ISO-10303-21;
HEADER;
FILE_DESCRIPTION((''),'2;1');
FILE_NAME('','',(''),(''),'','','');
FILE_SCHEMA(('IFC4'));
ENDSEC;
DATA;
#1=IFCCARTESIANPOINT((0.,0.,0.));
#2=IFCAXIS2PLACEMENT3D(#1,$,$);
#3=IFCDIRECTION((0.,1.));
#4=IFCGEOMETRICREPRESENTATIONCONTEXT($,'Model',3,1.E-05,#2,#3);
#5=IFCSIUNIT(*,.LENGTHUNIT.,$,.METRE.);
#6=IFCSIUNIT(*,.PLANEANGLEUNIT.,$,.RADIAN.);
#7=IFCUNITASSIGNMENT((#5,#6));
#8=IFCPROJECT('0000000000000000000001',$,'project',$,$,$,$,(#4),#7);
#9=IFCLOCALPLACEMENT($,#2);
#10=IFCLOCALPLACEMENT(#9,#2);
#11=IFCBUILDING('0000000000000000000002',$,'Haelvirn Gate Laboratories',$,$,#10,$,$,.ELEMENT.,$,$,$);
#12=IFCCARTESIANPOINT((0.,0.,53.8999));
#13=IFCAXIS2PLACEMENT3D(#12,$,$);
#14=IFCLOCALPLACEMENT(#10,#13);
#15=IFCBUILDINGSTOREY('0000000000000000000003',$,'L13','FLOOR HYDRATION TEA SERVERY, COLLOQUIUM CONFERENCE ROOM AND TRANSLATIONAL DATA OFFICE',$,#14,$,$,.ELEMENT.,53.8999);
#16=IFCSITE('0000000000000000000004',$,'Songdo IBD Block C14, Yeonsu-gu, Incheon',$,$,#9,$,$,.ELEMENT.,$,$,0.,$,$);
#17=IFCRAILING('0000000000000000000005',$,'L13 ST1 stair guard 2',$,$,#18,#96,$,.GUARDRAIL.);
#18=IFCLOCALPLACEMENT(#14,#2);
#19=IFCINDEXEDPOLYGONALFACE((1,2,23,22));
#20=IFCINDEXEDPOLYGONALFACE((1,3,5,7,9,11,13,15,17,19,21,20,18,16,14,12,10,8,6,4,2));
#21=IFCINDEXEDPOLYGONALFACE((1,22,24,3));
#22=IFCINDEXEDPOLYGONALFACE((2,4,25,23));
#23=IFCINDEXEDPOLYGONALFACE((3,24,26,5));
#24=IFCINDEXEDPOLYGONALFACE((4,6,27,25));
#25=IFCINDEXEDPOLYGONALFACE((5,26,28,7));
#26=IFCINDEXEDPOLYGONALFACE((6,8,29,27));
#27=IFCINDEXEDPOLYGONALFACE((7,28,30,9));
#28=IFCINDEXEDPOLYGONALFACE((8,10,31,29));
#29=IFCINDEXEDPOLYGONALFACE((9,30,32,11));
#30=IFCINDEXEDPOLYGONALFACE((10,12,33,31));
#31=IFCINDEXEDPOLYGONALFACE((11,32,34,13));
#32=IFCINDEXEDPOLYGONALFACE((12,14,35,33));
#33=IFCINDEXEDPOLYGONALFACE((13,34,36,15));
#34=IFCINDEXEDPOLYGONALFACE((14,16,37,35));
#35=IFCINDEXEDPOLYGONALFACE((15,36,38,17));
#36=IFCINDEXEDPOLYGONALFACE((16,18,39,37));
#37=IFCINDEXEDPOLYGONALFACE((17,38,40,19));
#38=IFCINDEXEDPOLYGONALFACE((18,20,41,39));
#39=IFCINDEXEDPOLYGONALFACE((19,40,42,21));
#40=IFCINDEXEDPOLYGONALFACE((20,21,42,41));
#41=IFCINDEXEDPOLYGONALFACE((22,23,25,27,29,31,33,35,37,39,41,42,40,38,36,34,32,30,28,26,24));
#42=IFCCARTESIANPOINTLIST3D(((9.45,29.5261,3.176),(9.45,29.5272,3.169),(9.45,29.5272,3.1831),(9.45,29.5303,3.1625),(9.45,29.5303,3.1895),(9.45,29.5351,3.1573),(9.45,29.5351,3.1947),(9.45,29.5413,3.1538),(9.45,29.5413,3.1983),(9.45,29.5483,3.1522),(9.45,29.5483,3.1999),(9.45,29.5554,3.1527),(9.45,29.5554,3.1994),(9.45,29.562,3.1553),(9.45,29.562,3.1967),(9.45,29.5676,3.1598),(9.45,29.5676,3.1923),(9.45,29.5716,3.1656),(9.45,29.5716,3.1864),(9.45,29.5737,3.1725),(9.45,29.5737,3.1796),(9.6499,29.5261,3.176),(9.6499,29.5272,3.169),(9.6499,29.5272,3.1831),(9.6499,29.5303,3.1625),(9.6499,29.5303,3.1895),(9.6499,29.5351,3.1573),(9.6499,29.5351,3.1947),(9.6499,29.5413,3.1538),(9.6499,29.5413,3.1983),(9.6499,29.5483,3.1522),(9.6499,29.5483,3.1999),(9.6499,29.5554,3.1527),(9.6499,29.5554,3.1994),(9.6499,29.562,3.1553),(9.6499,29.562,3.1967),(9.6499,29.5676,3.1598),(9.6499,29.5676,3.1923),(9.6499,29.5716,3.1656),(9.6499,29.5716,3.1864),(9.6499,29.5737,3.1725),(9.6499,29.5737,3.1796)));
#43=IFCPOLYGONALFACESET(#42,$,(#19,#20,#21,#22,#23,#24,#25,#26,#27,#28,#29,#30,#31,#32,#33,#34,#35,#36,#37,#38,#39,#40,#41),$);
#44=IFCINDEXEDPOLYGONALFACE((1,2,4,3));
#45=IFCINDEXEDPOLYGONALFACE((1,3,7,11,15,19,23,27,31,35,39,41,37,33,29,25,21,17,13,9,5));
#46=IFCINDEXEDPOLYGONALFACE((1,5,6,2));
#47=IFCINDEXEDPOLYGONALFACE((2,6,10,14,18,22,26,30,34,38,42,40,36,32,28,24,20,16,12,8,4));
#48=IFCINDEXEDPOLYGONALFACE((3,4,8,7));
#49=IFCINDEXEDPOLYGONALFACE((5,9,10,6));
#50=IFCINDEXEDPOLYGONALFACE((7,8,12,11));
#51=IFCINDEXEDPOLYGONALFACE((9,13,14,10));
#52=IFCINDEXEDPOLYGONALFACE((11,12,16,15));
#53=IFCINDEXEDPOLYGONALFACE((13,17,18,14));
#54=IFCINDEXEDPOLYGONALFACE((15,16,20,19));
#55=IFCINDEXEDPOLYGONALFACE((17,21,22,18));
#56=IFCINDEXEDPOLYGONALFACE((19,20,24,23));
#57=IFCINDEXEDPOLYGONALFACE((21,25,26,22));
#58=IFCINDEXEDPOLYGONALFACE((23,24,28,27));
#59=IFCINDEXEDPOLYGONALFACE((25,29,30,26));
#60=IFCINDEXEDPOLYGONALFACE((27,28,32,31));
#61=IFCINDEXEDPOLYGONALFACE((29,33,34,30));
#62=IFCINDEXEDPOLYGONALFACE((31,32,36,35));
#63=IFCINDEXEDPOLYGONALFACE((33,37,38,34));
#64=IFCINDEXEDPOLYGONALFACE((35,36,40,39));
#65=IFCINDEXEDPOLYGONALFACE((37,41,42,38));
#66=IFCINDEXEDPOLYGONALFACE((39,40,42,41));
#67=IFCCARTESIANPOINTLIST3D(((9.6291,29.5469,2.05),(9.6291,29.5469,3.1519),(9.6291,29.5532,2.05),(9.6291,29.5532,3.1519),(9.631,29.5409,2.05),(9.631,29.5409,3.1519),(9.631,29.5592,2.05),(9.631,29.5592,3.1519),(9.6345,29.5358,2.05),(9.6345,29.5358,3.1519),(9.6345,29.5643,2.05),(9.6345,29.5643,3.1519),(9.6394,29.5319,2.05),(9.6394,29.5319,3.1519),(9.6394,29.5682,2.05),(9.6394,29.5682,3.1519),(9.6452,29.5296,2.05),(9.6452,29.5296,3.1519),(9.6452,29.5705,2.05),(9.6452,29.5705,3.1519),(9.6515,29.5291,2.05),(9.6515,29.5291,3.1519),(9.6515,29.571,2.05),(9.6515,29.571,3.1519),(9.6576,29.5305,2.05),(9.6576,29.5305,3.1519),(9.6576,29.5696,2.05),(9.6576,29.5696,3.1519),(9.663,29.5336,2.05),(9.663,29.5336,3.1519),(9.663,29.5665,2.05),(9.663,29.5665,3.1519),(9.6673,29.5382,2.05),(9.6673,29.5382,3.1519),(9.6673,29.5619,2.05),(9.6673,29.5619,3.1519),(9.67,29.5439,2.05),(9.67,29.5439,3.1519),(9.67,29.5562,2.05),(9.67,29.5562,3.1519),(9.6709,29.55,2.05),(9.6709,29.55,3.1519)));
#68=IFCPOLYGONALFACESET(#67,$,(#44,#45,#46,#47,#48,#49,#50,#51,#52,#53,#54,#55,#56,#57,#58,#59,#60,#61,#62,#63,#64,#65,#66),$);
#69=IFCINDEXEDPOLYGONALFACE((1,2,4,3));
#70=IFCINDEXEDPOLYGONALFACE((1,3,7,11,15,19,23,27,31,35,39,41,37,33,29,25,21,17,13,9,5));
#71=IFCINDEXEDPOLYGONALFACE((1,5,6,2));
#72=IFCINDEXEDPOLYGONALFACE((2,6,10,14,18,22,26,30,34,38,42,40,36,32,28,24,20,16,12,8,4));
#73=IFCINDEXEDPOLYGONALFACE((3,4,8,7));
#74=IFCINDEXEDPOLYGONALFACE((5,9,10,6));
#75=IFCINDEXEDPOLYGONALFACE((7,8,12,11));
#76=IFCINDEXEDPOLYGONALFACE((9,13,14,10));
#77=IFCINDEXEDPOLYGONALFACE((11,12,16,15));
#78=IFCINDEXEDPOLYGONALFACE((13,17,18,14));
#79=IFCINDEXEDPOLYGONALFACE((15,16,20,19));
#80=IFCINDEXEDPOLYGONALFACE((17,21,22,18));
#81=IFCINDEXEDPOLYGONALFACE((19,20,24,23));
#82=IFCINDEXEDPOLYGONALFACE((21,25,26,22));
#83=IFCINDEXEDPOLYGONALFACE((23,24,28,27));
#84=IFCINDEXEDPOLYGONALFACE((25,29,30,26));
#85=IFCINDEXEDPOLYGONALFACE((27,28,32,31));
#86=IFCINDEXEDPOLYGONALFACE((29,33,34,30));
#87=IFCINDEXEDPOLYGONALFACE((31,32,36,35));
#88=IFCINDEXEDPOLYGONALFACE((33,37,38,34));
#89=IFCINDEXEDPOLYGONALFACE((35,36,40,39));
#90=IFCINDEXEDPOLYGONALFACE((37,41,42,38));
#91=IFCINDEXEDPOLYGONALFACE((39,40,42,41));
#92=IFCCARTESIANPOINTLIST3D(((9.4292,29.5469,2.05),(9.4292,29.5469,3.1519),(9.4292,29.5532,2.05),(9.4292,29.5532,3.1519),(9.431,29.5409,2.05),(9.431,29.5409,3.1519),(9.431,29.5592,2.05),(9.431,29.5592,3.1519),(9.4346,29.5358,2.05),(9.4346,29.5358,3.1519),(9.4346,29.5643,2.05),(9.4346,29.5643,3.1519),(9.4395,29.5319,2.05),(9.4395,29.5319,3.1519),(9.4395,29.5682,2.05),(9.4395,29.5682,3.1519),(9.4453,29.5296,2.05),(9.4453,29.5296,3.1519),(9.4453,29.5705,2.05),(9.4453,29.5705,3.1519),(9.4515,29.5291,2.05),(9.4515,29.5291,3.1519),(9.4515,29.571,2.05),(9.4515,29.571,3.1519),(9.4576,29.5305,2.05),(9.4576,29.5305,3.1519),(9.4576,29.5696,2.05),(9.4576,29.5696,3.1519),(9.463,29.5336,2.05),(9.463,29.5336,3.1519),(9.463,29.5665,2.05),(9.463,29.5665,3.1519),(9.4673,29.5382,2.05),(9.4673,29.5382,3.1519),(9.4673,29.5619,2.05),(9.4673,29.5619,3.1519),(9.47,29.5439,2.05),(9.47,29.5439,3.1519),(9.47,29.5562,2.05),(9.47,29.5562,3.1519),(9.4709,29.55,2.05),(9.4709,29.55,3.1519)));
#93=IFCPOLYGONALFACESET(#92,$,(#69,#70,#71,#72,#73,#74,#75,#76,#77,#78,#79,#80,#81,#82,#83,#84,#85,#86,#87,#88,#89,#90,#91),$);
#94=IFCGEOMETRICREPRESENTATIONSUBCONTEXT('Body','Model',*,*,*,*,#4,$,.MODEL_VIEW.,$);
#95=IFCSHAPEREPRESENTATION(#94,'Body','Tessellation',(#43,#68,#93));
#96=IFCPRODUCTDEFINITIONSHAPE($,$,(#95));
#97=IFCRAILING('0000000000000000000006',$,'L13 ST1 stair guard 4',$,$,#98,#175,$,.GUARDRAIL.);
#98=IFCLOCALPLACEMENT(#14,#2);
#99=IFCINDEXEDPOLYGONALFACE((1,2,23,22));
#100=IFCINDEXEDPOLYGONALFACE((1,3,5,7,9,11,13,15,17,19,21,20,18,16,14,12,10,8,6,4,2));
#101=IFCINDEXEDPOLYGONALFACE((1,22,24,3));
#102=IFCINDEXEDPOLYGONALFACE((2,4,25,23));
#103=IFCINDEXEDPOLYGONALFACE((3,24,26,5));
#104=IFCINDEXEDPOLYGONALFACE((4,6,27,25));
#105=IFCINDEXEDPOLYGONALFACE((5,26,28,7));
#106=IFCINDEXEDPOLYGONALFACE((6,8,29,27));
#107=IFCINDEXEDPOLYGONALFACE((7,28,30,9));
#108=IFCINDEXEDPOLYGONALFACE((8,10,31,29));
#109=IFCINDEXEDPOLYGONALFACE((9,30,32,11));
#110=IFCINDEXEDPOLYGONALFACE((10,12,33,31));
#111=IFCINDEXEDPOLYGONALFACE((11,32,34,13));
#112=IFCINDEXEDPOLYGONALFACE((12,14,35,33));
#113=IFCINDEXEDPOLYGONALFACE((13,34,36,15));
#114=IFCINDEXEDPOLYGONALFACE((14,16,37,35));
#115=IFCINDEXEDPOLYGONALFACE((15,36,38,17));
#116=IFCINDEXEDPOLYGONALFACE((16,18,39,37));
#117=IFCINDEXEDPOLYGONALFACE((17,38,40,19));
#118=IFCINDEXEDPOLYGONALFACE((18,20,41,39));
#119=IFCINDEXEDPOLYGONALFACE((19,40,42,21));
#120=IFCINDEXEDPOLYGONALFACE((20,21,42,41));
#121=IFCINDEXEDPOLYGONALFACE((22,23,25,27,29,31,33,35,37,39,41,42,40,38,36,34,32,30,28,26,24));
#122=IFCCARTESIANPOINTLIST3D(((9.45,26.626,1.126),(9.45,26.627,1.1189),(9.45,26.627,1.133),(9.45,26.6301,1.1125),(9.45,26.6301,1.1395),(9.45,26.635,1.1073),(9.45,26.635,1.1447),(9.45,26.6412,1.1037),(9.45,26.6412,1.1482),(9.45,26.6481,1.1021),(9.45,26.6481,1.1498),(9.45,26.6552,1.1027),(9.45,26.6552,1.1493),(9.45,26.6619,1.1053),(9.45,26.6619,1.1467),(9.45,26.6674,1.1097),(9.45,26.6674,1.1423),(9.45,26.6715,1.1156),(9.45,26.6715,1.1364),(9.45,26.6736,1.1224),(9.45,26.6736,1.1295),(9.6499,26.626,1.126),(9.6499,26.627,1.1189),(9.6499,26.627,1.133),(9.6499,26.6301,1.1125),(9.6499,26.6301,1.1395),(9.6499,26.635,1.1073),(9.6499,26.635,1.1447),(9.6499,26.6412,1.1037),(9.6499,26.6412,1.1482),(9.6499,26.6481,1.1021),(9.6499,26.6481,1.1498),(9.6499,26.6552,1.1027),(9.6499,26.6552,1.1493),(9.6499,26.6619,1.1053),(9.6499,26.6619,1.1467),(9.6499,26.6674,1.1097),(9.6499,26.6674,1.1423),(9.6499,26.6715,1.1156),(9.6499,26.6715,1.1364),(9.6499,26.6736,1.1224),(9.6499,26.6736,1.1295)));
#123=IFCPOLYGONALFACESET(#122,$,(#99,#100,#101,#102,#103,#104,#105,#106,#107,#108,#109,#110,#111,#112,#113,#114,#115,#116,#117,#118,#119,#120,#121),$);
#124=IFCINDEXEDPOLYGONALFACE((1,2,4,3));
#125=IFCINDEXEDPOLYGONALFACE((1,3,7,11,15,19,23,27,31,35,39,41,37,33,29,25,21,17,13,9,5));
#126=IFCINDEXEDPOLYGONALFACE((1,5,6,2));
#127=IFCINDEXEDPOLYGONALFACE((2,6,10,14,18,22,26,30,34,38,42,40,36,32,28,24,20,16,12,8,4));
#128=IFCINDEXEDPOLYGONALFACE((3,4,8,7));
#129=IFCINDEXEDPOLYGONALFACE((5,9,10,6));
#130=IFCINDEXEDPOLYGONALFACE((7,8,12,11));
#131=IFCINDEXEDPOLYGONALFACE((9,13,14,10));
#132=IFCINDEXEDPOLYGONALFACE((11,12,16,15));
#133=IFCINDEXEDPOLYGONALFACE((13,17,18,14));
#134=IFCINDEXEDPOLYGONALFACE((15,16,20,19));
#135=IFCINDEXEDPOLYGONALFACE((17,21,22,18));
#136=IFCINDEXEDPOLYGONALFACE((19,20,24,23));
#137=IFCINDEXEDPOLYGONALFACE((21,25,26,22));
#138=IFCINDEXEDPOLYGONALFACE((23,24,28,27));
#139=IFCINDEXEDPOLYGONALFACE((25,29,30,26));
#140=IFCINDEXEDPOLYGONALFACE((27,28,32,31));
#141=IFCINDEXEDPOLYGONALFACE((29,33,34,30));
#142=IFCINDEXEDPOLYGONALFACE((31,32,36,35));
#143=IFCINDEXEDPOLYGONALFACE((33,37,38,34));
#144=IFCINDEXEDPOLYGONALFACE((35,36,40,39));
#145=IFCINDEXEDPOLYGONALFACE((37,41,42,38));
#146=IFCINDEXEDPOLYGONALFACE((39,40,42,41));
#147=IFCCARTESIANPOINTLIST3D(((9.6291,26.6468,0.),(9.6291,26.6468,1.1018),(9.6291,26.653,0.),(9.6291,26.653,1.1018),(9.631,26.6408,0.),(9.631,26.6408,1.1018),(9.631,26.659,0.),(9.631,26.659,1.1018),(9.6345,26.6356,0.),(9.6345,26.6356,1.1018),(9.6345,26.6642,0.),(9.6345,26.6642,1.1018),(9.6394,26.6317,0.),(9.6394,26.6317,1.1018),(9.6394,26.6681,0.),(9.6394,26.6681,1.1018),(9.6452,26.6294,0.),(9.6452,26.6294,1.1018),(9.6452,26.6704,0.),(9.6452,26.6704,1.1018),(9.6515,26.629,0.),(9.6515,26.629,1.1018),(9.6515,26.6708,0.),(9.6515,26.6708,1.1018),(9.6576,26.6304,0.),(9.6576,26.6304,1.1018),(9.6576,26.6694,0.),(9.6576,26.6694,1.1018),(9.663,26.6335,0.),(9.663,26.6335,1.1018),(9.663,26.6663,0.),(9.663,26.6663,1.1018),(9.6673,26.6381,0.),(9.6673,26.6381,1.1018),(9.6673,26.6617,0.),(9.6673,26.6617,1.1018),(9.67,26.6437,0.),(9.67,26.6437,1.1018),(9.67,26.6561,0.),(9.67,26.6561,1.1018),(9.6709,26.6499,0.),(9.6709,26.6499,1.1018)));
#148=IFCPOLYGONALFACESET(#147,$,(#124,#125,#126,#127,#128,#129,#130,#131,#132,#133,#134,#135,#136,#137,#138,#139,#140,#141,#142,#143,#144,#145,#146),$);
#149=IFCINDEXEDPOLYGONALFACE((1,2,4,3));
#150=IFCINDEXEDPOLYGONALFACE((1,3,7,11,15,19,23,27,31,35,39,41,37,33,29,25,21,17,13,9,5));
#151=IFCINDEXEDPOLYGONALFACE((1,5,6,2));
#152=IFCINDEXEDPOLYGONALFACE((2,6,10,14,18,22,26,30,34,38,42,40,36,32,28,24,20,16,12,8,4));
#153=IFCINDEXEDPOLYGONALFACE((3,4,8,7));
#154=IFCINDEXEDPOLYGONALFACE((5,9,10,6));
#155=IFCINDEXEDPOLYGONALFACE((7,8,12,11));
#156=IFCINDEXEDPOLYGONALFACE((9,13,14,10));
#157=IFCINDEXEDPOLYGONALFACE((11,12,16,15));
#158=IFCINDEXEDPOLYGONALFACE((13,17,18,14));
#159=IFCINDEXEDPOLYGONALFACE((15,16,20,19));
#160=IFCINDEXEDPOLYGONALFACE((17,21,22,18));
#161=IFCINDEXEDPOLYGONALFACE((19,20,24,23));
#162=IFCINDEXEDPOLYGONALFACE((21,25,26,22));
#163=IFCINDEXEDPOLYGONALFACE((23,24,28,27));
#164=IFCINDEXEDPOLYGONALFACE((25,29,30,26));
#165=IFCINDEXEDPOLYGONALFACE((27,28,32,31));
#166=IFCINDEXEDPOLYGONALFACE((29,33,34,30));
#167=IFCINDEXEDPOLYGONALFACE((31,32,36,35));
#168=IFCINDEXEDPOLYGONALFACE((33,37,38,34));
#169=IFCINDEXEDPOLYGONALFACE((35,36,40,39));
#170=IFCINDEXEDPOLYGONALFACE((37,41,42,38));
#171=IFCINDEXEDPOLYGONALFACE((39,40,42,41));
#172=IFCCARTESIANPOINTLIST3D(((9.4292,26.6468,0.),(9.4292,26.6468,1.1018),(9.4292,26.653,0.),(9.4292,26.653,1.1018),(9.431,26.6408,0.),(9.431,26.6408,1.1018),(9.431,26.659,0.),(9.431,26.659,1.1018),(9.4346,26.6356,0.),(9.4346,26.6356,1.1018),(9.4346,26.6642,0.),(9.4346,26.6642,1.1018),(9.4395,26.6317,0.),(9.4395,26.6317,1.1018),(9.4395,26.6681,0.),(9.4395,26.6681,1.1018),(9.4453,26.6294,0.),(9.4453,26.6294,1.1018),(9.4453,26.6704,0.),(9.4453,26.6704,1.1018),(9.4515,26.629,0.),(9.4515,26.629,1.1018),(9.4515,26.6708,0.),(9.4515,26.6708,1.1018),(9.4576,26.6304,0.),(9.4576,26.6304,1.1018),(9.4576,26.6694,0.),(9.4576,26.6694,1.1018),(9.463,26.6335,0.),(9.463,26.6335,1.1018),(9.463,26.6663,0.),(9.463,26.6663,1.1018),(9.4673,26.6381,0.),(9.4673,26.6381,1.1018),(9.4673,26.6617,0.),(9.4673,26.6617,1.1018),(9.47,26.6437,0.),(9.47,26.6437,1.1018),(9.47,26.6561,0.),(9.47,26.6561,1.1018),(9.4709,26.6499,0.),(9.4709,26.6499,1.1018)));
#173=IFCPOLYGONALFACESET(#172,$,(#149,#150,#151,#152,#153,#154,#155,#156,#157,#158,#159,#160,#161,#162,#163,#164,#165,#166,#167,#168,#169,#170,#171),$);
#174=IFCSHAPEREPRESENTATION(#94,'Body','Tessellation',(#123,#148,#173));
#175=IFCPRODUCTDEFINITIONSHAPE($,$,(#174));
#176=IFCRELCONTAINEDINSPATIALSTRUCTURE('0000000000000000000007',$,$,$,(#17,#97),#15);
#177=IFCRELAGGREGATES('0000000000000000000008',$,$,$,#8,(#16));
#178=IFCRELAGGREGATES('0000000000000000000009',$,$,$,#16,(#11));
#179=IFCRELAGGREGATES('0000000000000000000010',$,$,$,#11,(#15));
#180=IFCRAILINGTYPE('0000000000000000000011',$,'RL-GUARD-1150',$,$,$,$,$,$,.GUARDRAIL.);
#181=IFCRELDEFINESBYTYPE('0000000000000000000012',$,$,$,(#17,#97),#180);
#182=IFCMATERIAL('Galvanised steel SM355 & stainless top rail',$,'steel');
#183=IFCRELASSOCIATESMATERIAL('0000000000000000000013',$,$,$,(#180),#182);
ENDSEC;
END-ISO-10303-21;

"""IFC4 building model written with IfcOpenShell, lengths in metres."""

from ifc_helpers import new_model, si_unit, direction, frame, origin, origin_2d, place, context, subcontext, project, spatial, circle, extrude, source, transform, mapped, material, type_object, element, save


model = new_model("IFC4")

# Units and contexts
model_context = context("Model", 3, precision=1e-05, world=origin(), true_north=direction((0.0, 1.0)))
body_context = subcontext(model_context, "Body", "Model", "MODEL_VIEW")
ifc_project = project(units=[si_unit("LENGTHUNIT", "METRE"), si_unit("PLANEANGLEUNIT", "RADIAN")], contexts=[model_context])

# Site, building, storey
site_placement = place(None, origin())
site = spatial("IfcSite", under=ifc_project, at=site_placement, Name="Songdo IBD Block C14, Yeonsu-gu, Incheon", CompositionType="ELEMENT", RefElevation=0.0)
building_placement = place(site_placement, origin())
building = spatial("IfcBuilding", under=site, at=building_placement, Name="Haelvirn Gate Laboratories", CompositionType="ELEMENT")
storey_placement = place(building_placement, frame((0.0, 0.0, 53.8999)))
storey = spatial("IfcBuildingStorey", under=building, at=storey_placement, Name="L13", Description="FLOOR HYDRATION TEA SERVERY, COLLOQUIUM CONFERENCE ROOM AND TRANSLATIONAL DATA OFFICE", CompositionType="ELEMENT", Elevation=53.8999)

# Railings
ifc_material_1 = material(Name="Galvanised steel SM355 & stainless top rail", Category="steel")
railing_type_1 = type_object("IfcRailingType", Name="RL-GUARD-1150", PredefinedType="GUARDRAIL", material=ifc_material_1)
shared_shape_1 = source(origin(), body_context, "Body", "SweptSolid", [
    extrude(circle(Radius=0.0239, at=origin_2d()), frame((0.0, 0.0, 1.126), z_axis=(-1.0, 0.0, 0.0), x_axis=(0.0, -1.0, 0.0)), (0.0, 0.0, 1.0), 0.2),
    extrude(circle(Radius=0.021, at=origin_2d()), origin(), (0.0, 0.0, 1.0), 1.1018),
    extrude(circle(Radius=0.021, at=origin_2d()), frame((-0.2, 0.0, 0.0)), (0.0, 0.0, 1.0), 1.1018),
])
for number, where, name in (
    (1, (9.6499, 29.55, 2.05), "L13 ST1 stair guard 2"),
    (2, (9.6499, 26.6499, 0.0), "L13 ST1 stair guard 4"),
):
    element("IfcRailing", number, at=place(storey_placement, frame(where)), inside=storey, type_object=railing_type_1, Name=name, PredefinedType="GUARDRAIL", context=body_context, shape_type="MappedRepresentation", body=[
        mapped(shared_shape_1, transform((0.0, 0.0, 0.0), scale=1.0)),
    ])

save(model, "model.ifc")
